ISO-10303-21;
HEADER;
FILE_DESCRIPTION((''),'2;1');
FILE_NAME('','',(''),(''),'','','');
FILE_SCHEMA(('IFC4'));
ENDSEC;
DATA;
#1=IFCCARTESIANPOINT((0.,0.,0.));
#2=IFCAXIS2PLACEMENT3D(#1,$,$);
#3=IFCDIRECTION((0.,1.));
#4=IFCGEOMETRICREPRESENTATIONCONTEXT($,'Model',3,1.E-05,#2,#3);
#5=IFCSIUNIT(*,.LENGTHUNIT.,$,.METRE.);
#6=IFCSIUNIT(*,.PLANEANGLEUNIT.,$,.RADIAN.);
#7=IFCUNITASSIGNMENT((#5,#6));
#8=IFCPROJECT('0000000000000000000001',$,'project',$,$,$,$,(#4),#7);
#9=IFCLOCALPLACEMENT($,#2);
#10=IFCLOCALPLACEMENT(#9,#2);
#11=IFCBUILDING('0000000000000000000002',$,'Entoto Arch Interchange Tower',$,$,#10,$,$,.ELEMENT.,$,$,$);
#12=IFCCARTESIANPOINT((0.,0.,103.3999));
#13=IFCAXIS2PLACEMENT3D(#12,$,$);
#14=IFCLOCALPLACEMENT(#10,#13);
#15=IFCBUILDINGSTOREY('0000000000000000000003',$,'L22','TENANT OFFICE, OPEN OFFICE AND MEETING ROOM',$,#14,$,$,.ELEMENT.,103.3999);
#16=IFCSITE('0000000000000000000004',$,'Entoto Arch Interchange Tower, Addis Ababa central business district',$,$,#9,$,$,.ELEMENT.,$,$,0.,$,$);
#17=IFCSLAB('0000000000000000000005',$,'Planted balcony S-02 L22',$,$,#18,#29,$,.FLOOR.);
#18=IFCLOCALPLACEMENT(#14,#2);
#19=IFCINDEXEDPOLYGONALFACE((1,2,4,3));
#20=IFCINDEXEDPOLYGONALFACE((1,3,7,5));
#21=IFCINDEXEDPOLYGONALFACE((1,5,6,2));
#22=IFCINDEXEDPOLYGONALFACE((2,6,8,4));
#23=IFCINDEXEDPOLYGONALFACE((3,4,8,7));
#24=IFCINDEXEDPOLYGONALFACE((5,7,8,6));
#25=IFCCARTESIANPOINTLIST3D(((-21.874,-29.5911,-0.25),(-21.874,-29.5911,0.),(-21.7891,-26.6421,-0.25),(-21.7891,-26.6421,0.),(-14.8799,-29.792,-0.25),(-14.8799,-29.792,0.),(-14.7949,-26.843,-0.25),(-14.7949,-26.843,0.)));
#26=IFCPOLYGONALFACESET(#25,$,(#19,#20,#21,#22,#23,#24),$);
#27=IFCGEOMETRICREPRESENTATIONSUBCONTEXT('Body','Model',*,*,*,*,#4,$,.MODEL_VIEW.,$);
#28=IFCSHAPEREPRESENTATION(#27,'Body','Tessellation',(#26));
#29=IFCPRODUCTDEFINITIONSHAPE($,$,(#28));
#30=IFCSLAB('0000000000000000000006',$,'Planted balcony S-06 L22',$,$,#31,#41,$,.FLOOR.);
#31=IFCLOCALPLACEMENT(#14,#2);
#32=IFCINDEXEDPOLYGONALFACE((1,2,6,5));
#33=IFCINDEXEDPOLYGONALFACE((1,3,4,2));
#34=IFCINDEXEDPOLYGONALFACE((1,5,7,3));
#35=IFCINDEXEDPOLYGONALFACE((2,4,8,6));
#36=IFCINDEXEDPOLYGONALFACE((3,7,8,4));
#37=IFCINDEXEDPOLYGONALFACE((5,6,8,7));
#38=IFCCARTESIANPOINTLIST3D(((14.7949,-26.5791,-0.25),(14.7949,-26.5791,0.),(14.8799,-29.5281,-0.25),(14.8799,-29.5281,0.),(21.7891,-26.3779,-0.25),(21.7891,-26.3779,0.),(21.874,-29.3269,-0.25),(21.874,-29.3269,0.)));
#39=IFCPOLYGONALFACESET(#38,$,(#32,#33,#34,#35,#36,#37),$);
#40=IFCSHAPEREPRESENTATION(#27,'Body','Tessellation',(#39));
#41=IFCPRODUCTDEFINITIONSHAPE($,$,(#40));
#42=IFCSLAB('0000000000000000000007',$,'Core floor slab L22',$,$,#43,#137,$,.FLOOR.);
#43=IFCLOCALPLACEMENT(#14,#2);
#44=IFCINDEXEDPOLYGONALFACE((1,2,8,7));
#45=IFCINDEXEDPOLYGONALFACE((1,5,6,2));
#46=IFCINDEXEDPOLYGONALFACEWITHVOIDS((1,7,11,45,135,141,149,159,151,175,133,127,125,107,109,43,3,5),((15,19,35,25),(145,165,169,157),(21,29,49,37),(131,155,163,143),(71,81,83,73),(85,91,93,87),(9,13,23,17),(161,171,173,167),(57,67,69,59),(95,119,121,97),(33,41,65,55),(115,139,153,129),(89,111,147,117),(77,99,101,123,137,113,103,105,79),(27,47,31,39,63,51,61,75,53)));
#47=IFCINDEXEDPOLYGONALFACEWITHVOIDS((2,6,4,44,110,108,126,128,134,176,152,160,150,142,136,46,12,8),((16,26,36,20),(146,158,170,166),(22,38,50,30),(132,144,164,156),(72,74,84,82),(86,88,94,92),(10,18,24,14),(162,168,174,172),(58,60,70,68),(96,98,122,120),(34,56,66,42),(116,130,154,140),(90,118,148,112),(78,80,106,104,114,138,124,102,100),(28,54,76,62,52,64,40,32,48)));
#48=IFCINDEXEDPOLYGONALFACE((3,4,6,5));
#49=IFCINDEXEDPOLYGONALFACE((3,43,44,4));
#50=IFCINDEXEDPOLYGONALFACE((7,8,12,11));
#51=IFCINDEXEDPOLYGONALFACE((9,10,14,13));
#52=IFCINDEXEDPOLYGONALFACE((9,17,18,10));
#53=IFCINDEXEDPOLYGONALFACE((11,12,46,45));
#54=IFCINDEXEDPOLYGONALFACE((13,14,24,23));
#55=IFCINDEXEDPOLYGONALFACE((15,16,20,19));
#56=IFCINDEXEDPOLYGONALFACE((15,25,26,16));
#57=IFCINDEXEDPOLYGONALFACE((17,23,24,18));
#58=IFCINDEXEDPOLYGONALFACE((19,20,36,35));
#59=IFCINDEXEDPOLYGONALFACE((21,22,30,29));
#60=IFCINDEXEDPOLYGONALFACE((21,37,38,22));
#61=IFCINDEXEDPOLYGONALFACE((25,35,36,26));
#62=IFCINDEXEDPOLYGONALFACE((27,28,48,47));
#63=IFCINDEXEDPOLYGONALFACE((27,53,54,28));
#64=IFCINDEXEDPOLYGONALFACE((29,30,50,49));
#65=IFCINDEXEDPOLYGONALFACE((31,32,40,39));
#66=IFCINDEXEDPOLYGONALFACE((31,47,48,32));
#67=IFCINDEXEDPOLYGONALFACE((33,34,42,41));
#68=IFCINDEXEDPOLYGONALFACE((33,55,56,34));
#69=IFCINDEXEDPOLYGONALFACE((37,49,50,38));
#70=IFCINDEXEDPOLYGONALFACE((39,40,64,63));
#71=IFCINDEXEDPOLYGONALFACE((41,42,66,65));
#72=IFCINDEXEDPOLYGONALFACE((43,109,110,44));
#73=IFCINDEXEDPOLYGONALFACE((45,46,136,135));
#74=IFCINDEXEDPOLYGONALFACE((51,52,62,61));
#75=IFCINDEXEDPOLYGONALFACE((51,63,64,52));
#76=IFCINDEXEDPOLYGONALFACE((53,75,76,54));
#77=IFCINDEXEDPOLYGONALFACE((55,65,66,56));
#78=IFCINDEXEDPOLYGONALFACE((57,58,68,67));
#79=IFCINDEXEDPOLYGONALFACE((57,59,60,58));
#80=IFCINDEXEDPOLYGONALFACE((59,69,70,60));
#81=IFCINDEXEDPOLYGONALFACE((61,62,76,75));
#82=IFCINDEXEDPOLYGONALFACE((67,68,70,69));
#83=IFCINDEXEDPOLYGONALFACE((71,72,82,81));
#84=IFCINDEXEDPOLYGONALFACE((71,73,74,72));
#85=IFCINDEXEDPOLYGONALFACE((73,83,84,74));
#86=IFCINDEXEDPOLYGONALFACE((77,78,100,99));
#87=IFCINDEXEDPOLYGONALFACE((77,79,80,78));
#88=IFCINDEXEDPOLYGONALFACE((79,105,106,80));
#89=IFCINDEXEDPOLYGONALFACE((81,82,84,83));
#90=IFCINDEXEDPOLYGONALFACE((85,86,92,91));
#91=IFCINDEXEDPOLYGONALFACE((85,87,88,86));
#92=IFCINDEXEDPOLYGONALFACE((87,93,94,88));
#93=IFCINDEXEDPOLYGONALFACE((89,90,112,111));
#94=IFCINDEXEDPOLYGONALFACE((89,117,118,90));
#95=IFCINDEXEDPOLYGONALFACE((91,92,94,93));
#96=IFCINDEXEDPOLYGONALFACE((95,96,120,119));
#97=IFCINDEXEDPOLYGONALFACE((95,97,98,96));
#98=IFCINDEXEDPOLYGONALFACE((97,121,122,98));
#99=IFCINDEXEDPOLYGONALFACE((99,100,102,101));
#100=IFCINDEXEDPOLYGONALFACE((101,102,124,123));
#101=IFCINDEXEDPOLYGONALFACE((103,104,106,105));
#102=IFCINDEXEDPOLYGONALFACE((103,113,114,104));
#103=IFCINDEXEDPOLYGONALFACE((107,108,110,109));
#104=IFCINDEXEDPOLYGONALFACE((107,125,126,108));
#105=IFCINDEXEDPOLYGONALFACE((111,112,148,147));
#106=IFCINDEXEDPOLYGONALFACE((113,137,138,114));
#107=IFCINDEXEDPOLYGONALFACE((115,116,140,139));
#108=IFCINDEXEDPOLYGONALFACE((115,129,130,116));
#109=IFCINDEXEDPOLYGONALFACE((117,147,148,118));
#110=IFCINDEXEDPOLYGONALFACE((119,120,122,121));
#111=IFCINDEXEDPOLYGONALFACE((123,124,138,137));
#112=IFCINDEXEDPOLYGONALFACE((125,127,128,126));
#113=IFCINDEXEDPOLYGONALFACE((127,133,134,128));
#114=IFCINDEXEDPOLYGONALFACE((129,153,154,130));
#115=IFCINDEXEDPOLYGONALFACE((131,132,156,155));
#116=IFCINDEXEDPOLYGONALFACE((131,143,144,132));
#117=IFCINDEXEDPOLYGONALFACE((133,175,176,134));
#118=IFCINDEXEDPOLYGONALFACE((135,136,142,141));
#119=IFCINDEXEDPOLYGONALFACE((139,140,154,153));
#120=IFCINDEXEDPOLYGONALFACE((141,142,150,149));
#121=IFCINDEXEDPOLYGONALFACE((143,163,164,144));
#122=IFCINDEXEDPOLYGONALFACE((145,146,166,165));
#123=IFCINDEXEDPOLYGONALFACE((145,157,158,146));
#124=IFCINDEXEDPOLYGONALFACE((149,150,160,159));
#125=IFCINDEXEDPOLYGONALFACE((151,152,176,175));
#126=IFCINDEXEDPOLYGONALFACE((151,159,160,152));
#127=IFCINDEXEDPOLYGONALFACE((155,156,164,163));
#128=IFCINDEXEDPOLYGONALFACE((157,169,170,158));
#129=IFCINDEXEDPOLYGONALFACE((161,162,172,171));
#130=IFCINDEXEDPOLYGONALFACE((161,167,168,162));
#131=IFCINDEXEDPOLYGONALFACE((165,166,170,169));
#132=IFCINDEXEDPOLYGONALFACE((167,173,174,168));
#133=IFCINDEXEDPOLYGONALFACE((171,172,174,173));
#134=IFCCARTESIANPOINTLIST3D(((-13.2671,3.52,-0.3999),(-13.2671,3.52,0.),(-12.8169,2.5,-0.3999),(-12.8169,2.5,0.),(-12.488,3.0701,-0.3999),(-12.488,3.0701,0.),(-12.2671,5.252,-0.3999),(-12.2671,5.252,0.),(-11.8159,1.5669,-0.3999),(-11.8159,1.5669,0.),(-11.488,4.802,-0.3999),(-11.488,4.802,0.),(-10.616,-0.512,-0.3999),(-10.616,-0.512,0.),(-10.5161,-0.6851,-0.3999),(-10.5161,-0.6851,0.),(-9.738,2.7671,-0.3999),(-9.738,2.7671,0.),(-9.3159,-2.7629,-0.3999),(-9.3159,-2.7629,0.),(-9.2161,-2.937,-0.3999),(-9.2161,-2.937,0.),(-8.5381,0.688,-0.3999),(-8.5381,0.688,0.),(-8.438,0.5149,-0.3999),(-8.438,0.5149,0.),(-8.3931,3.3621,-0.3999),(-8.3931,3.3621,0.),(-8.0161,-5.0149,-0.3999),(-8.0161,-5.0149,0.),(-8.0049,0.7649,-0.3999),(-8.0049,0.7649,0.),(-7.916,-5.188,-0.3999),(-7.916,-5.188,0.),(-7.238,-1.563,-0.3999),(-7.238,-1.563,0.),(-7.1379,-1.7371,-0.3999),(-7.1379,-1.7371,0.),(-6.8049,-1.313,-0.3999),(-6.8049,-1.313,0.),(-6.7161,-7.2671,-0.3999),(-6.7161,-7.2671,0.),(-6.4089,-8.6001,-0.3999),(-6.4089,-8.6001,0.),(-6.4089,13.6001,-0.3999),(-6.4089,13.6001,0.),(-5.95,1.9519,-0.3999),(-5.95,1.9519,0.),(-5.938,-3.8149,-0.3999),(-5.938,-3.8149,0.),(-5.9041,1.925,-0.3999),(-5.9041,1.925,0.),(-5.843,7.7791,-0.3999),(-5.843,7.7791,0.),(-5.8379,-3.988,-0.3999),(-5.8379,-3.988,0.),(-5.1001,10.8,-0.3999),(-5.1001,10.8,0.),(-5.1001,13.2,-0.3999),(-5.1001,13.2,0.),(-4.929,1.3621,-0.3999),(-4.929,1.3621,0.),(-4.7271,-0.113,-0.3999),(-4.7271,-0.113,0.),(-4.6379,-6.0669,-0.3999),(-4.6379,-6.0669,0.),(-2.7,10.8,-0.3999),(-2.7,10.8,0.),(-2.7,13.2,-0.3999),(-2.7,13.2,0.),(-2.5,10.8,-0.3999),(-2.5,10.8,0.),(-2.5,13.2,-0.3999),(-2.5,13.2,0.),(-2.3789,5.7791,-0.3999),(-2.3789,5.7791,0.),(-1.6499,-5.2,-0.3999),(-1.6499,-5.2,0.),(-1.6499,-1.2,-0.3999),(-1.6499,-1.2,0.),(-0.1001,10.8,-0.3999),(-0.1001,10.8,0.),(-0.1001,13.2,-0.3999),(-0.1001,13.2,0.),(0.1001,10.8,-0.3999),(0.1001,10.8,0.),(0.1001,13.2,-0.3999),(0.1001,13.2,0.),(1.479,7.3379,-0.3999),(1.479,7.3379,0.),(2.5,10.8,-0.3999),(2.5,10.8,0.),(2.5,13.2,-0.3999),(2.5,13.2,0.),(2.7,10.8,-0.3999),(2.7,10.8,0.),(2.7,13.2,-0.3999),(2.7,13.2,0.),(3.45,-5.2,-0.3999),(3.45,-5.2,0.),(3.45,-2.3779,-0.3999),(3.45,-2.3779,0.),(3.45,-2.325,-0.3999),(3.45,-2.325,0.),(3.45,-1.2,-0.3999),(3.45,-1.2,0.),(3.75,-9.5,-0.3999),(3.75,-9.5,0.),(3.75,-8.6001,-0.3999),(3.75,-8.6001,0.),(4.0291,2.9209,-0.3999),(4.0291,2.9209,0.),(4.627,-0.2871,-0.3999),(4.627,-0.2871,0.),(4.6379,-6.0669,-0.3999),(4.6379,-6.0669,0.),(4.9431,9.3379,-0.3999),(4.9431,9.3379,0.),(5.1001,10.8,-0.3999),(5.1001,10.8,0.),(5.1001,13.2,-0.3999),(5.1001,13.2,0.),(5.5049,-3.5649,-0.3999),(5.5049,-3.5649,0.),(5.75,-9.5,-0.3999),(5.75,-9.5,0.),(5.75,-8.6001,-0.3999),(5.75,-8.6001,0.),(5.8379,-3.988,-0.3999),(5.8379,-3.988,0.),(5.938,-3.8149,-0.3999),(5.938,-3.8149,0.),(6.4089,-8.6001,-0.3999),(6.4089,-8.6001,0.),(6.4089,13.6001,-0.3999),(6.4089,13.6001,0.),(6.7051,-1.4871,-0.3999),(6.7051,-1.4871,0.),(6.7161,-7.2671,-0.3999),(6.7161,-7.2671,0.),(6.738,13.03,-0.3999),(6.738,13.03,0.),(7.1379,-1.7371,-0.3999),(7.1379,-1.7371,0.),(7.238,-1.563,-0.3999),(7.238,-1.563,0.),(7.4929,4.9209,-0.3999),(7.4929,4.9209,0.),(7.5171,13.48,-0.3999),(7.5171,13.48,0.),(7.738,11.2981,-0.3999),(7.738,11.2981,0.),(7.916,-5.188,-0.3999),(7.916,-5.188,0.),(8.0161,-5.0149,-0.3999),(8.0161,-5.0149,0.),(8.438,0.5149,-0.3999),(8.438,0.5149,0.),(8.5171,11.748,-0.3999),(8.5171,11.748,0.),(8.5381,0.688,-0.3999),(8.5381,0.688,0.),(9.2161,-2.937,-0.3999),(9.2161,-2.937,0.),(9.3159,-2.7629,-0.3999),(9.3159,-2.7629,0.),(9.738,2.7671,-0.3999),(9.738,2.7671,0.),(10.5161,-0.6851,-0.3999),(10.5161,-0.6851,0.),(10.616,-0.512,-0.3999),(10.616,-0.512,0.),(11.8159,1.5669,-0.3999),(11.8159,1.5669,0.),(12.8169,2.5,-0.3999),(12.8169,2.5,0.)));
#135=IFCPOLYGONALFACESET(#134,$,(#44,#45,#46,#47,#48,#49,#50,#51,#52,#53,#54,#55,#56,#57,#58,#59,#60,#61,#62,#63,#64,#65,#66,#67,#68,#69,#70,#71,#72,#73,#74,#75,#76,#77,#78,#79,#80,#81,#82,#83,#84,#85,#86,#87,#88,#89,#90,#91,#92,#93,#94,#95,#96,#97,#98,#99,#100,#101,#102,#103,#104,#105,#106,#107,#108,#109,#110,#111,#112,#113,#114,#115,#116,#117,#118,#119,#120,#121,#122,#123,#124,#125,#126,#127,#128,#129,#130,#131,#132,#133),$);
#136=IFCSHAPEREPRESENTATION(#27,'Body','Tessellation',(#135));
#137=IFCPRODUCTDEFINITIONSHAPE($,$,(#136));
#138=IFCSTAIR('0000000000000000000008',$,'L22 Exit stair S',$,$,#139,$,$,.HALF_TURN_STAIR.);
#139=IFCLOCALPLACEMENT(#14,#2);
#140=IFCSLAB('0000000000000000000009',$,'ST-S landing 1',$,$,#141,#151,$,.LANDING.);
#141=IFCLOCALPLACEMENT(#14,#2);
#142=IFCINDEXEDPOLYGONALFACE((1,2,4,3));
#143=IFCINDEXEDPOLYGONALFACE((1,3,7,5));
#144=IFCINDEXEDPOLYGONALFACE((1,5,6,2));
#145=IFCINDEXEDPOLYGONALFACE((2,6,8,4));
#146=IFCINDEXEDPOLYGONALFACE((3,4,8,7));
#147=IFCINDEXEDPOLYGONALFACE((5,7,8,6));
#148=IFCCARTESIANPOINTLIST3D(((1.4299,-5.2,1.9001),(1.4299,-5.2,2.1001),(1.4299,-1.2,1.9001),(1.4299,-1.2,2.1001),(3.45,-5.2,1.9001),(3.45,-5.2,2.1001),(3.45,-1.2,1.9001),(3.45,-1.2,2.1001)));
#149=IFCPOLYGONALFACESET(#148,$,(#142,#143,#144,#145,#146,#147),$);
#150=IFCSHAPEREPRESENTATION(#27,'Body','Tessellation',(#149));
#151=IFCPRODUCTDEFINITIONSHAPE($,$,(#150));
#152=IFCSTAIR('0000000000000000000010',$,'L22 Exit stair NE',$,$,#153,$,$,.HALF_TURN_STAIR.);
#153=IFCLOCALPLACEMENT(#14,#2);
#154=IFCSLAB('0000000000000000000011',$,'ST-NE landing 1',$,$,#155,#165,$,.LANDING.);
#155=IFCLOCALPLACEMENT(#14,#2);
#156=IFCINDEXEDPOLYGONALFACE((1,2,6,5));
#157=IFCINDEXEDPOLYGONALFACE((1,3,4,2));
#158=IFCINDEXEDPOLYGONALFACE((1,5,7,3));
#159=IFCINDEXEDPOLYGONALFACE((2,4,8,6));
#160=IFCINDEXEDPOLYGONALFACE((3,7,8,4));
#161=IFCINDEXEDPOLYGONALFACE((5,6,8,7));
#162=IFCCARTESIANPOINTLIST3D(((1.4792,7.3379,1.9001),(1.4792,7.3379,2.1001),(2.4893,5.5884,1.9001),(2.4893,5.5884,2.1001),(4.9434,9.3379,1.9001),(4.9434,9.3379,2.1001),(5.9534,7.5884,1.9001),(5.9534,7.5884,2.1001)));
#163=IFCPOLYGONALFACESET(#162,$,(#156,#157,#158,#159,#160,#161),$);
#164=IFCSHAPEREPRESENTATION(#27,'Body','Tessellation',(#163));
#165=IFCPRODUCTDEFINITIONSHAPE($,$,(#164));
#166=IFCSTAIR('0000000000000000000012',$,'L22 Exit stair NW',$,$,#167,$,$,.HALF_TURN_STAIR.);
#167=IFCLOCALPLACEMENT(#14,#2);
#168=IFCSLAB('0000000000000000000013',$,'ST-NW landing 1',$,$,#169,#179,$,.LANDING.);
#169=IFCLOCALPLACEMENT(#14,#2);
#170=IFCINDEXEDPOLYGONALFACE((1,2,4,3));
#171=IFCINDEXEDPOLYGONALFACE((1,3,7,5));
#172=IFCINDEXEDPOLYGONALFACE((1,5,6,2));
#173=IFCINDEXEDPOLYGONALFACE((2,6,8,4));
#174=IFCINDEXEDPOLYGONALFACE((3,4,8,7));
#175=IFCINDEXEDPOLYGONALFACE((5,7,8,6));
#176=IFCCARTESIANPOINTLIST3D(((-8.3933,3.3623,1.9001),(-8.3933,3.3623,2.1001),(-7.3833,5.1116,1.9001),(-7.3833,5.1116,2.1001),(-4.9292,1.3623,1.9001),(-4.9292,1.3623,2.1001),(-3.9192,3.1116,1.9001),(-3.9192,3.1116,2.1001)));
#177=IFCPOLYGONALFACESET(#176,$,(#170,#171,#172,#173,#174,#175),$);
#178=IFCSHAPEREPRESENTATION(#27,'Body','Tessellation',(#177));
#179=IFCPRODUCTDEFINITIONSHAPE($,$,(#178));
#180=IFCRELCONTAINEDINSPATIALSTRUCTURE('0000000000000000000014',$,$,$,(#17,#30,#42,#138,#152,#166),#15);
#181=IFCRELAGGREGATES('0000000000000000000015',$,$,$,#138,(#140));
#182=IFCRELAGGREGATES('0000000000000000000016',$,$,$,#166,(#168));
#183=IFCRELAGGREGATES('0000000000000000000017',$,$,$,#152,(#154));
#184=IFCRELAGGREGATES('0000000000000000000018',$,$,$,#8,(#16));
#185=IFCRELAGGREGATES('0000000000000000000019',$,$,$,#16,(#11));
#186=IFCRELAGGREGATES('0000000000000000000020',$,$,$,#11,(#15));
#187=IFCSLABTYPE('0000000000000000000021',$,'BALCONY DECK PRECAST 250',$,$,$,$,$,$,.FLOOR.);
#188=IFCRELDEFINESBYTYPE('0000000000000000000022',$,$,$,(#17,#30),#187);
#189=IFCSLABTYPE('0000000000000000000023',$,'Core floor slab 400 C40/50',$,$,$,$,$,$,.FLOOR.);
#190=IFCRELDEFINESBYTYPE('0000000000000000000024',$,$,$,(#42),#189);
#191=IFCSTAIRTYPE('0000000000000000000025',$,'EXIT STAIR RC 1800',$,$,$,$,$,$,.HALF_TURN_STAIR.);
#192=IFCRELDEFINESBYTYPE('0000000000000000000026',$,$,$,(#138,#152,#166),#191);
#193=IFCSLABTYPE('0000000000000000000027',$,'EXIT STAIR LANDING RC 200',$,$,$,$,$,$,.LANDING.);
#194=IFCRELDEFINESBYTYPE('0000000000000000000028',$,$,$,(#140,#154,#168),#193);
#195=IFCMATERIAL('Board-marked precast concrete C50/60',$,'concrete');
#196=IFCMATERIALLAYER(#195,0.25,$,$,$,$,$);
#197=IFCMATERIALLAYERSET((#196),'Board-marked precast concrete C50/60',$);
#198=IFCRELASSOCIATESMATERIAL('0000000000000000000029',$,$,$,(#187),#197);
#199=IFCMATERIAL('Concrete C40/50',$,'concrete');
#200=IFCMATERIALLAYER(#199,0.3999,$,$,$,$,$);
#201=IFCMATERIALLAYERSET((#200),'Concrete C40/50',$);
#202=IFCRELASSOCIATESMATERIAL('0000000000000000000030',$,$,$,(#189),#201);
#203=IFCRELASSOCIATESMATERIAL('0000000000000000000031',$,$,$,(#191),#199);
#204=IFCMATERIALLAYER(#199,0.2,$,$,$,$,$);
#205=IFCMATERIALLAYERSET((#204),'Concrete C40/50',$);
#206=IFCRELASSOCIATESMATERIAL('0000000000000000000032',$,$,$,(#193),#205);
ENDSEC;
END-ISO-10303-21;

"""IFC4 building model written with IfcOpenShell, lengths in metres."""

from ifc_helpers import new_model, si_unit, direction, frame, origin, place, context, subcontext, project, spatial, polyline, outline, extrude, material, layer, layer_set, type_object, element, aggregate, save


model = new_model("IFC4")

# Units and contexts
model_context = context("Model", 3, precision=1e-05, world=origin(), true_north=direction((0.0, 1.0)))
body_context = subcontext(model_context, "Body", "Model", "MODEL_VIEW")
ifc_project = project(units=[si_unit("LENGTHUNIT", "METRE"), si_unit("PLANEANGLEUNIT", "RADIAN")], contexts=[model_context])

# Site, building, storey
site_placement = place(None, origin())
site = spatial("IfcSite", under=ifc_project, at=site_placement, Name="Entoto Arch Interchange Tower, Addis Ababa central business district", CompositionType="ELEMENT", RefElevation=0.0)
building_placement = place(site_placement, origin())
building = spatial("IfcBuilding", under=site, at=building_placement, Name="Entoto Arch Interchange Tower", CompositionType="ELEMENT")
storey_placement = place(building_placement, frame((0.0, 0.0, 103.3999)))
storey = spatial("IfcBuildingStorey", under=building, at=storey_placement, Name="L22", Description="TENANT OFFICE, OPEN OFFICE AND MEETING ROOM", CompositionType="ELEMENT", Elevation=103.3999)

# Slabs
ifc_material_1 = material(Name="Board-marked precast concrete C50/60", Category="concrete")
ifc_layer_1 = layer(ifc_material_1, 0.25)
ifc_layer_set_1 = layer_set([ifc_layer_1], Name="Board-marked precast concrete C50/60")
slab_type_1 = type_object("IfcSlabType", Name="BALCONY DECK PRECAST 250", PredefinedType="FLOOR", material=ifc_layer_set_1)
slab_1_placement = place(storey_placement, frame((0.0, 0.0, -0.25)))
element("IfcSlab", 1, at=slab_1_placement, inside=storey, type_object=slab_type_1, Name="Planted balcony S-02 L22", PredefinedType="FLOOR", context=body_context, shape_type="SweptSolid", body=[
    extrude(outline(polyline([(-21.7891, -26.6421), (-14.7949, -26.843), (-14.8799, -29.792), (-21.874, -29.5911), (-21.7891, -26.6421)])), origin(), (0.0, 0.0, 1.0), 0.25),
])
slab_2_placement = place(storey_placement, frame((0.0, 0.0, -0.25)))
element("IfcSlab", 2, at=slab_2_placement, inside=storey, type_object=slab_type_1, Name="Planted balcony S-06 L22", PredefinedType="FLOOR", context=body_context, shape_type="SweptSolid", body=[
    extrude(outline(polyline([(14.7949, -26.5791), (21.7891, -26.3779), (21.874, -29.3269), (14.8799, -29.5281), (14.7949, -26.5791)])), origin(), (0.0, 0.0, 1.0), 0.25),
])
ifc_material_2 = material(Name="Concrete C40/50", Category="concrete")
ifc_layer_2 = layer(ifc_material_2, 0.3999)
ifc_layer_set_2 = layer_set([ifc_layer_2], Name="Concrete C40/50")
slab_type_2 = type_object("IfcSlabType", Name="Core floor slab 400 C40/50", PredefinedType="FLOOR", material=ifc_layer_set_2)
slab_3_placement = place(storey_placement, frame((0.0, 0.0, -0.3999)))
element("IfcSlab", 3, at=slab_3_placement, inside=storey, type_object=slab_type_2, Name="Core floor slab L22", PredefinedType="FLOOR", context=body_context, shape_type="SweptSolid", body=[
    extrude(outline(polyline([(5.75, -9.5), (3.75, -9.5), (3.75, -8.6001), (-6.4089, -8.6001), (-12.8169, 2.5), (-12.488, 3.0701), (-13.2671, 3.52), (-12.2671, 5.252), (-11.488, 4.802), (-6.4089, 13.6001), (6.4089, 13.6001), (6.738, 13.03), (7.5171, 13.48), (8.5171, 11.748), (7.738, 11.2981), (12.8169, 2.5), (6.4089, -8.6001), (5.75, -8.6001), (5.75, -9.5)]), holes=[polyline([(-4.6379, -6.0669), (-5.8379, -3.988), (-7.916, -5.188), (-6.7161, -7.2671), (-4.6379, -6.0669)]), polyline([(-5.938, -3.8149), (-7.1379, -1.7371), (-9.2161, -2.937), (-8.0161, -5.0149), (-5.938, -3.8149)]), polyline([(5.5049, -3.5649), (6.7051, -1.4871), (4.627, -0.2871), (3.45, -2.325), (3.45, -1.2), (-1.6499, -1.2), (-1.6499, -5.2), (3.45, -5.2), (3.45, -2.3779), (5.5049, -3.5649)]), polyline([(-7.238, -1.563), (-8.438, 0.5149), (-10.5161, -0.6851), (-9.3159, -2.7629), (-7.238, -1.563)]), polyline([(-4.7271, -0.113), (-5.9041, 1.925), (-4.929, 1.3621), (-2.3789, 5.7791), (-5.843, 7.7791), (-8.3931, 3.3621), (-5.95, 1.9519), (-8.0049, 0.7649), (-6.8049, -1.313), (-4.7271, -0.113)]), polyline([(-8.5381, 0.688), (-9.738, 2.7671), (-11.8159, 1.5669), (-10.616, -0.512), (-8.5381, 0.688)]), polyline([(-5.1001, 10.8), (-2.7, 10.8), (-2.7, 13.2), (-5.1001, 13.2), (-5.1001, 10.8)]), polyline([(-2.5, 10.8), (-0.1001, 10.8), (-0.1001, 13.2), (-2.5, 13.2), (-2.5, 10.8)]), polyline([(5.8379, -3.988), (4.6379, -6.0669), (6.7161, -7.2671), (7.916, -5.188), (5.8379, -3.988)]), polyline([(7.1379, -1.7371), (5.938, -3.8149), (8.0161, -5.0149), (9.2161, -2.937), (7.1379, -1.7371)]), polyline([(8.438, 0.5149), (7.238, -1.563), (9.3159, -2.7629), (10.5161, -0.6851), (8.438, 0.5149)]), polyline([(9.738, 2.7671), (8.5381, 0.688), (10.616, -0.512), (11.8159, 1.5669), (9.738, 2.7671)]), polyline([(4.0291, 2.9209), (7.4929, 4.9209), (4.9431, 9.3379), (1.479, 7.3379), (4.0291, 2.9209)]), polyline([(0.1001, 13.2), (0.1001, 10.8), (2.5, 10.8), (2.5, 13.2), (0.1001, 13.2)]), polyline([(2.7, 13.2), (2.7, 10.8), (5.1001, 10.8), (5.1001, 13.2), (2.7, 13.2)])]), origin(), (0.0, 0.0, 1.0), 0.3999),
])

# Stairs, slabs
stair_type = type_object("IfcStairType", Name="EXIT STAIR RC 1800", PredefinedType="HALF_TURN_STAIR", material=ifc_material_2)
stair_1_placement = place(storey_placement, origin())
stair_1 = element("IfcStair", 4, at=stair_1_placement, inside=storey, type_object=stair_type, Name="L22 Exit stair S", PredefinedType="HALF_TURN_STAIR")
ifc_layer_3 = layer(ifc_material_2, 0.2)
ifc_layer_set_3 = layer_set([ifc_layer_3], Name="Concrete C40/50")
slab_type_3 = type_object("IfcSlabType", Name="EXIT STAIR LANDING RC 200", PredefinedType="LANDING", material=ifc_layer_set_3)
slab_4_placement = place(storey_placement, frame((0.0, 0.0, 1.9001)))
slab_4 = element("IfcSlab", 5, at=slab_4_placement, type_object=slab_type_3, Name="ST-S landing 1", PredefinedType="LANDING", context=body_context, shape_type="SweptSolid", body=[
    extrude(outline(polyline([(1.4299, -5.2), (3.45, -5.2), (3.45, -1.2), (1.4299, -1.2), (1.4299, -5.2)])), origin(), (0.0, 0.0, 1.0), 0.2),
])
aggregate(stair_1, [slab_4])
stair_2_placement = place(storey_placement, origin())
stair_2 = element("IfcStair", 6, at=stair_2_placement, inside=storey, type_object=stair_type, Name="L22 Exit stair NE", PredefinedType="HALF_TURN_STAIR")
slab_5_placement = place(storey_placement, frame((0.0, 0.0, 1.9001)))
slab_5 = element("IfcSlab", 7, at=slab_5_placement, type_object=slab_type_3, Name="ST-NE landing 1", PredefinedType="LANDING", context=body_context, shape_type="SweptSolid", body=[
    extrude(outline(polyline([(5.9534, 7.5884), (4.9434, 9.3379), (1.4792, 7.3379), (2.4893, 5.5884), (5.9534, 7.5884)])), origin(), (0.0, 0.0, 1.0), 0.2),
])
stair_3_placement = place(storey_placement, origin())
stair_3 = element("IfcStair", 8, at=stair_3_placement, inside=storey, type_object=stair_type, Name="L22 Exit stair NW", PredefinedType="HALF_TURN_STAIR")
slab_6_placement = place(storey_placement, frame((0.0, 0.0, 1.9001)))
slab_6 = element("IfcSlab", 9, at=slab_6_placement, type_object=slab_type_3, Name="ST-NW landing 1", PredefinedType="LANDING", context=body_context, shape_type="SweptSolid", body=[
    extrude(outline(polyline([(-7.3833, 5.1116), (-8.3933, 3.3623), (-4.9292, 1.3623), (-3.9192, 3.1116), (-7.3833, 5.1116)])), origin(), (0.0, 0.0, 1.0), 0.2),
])
aggregate(stair_3, [slab_6])

aggregate(stair_2, [slab_5])

save(model, "model.ifc")
